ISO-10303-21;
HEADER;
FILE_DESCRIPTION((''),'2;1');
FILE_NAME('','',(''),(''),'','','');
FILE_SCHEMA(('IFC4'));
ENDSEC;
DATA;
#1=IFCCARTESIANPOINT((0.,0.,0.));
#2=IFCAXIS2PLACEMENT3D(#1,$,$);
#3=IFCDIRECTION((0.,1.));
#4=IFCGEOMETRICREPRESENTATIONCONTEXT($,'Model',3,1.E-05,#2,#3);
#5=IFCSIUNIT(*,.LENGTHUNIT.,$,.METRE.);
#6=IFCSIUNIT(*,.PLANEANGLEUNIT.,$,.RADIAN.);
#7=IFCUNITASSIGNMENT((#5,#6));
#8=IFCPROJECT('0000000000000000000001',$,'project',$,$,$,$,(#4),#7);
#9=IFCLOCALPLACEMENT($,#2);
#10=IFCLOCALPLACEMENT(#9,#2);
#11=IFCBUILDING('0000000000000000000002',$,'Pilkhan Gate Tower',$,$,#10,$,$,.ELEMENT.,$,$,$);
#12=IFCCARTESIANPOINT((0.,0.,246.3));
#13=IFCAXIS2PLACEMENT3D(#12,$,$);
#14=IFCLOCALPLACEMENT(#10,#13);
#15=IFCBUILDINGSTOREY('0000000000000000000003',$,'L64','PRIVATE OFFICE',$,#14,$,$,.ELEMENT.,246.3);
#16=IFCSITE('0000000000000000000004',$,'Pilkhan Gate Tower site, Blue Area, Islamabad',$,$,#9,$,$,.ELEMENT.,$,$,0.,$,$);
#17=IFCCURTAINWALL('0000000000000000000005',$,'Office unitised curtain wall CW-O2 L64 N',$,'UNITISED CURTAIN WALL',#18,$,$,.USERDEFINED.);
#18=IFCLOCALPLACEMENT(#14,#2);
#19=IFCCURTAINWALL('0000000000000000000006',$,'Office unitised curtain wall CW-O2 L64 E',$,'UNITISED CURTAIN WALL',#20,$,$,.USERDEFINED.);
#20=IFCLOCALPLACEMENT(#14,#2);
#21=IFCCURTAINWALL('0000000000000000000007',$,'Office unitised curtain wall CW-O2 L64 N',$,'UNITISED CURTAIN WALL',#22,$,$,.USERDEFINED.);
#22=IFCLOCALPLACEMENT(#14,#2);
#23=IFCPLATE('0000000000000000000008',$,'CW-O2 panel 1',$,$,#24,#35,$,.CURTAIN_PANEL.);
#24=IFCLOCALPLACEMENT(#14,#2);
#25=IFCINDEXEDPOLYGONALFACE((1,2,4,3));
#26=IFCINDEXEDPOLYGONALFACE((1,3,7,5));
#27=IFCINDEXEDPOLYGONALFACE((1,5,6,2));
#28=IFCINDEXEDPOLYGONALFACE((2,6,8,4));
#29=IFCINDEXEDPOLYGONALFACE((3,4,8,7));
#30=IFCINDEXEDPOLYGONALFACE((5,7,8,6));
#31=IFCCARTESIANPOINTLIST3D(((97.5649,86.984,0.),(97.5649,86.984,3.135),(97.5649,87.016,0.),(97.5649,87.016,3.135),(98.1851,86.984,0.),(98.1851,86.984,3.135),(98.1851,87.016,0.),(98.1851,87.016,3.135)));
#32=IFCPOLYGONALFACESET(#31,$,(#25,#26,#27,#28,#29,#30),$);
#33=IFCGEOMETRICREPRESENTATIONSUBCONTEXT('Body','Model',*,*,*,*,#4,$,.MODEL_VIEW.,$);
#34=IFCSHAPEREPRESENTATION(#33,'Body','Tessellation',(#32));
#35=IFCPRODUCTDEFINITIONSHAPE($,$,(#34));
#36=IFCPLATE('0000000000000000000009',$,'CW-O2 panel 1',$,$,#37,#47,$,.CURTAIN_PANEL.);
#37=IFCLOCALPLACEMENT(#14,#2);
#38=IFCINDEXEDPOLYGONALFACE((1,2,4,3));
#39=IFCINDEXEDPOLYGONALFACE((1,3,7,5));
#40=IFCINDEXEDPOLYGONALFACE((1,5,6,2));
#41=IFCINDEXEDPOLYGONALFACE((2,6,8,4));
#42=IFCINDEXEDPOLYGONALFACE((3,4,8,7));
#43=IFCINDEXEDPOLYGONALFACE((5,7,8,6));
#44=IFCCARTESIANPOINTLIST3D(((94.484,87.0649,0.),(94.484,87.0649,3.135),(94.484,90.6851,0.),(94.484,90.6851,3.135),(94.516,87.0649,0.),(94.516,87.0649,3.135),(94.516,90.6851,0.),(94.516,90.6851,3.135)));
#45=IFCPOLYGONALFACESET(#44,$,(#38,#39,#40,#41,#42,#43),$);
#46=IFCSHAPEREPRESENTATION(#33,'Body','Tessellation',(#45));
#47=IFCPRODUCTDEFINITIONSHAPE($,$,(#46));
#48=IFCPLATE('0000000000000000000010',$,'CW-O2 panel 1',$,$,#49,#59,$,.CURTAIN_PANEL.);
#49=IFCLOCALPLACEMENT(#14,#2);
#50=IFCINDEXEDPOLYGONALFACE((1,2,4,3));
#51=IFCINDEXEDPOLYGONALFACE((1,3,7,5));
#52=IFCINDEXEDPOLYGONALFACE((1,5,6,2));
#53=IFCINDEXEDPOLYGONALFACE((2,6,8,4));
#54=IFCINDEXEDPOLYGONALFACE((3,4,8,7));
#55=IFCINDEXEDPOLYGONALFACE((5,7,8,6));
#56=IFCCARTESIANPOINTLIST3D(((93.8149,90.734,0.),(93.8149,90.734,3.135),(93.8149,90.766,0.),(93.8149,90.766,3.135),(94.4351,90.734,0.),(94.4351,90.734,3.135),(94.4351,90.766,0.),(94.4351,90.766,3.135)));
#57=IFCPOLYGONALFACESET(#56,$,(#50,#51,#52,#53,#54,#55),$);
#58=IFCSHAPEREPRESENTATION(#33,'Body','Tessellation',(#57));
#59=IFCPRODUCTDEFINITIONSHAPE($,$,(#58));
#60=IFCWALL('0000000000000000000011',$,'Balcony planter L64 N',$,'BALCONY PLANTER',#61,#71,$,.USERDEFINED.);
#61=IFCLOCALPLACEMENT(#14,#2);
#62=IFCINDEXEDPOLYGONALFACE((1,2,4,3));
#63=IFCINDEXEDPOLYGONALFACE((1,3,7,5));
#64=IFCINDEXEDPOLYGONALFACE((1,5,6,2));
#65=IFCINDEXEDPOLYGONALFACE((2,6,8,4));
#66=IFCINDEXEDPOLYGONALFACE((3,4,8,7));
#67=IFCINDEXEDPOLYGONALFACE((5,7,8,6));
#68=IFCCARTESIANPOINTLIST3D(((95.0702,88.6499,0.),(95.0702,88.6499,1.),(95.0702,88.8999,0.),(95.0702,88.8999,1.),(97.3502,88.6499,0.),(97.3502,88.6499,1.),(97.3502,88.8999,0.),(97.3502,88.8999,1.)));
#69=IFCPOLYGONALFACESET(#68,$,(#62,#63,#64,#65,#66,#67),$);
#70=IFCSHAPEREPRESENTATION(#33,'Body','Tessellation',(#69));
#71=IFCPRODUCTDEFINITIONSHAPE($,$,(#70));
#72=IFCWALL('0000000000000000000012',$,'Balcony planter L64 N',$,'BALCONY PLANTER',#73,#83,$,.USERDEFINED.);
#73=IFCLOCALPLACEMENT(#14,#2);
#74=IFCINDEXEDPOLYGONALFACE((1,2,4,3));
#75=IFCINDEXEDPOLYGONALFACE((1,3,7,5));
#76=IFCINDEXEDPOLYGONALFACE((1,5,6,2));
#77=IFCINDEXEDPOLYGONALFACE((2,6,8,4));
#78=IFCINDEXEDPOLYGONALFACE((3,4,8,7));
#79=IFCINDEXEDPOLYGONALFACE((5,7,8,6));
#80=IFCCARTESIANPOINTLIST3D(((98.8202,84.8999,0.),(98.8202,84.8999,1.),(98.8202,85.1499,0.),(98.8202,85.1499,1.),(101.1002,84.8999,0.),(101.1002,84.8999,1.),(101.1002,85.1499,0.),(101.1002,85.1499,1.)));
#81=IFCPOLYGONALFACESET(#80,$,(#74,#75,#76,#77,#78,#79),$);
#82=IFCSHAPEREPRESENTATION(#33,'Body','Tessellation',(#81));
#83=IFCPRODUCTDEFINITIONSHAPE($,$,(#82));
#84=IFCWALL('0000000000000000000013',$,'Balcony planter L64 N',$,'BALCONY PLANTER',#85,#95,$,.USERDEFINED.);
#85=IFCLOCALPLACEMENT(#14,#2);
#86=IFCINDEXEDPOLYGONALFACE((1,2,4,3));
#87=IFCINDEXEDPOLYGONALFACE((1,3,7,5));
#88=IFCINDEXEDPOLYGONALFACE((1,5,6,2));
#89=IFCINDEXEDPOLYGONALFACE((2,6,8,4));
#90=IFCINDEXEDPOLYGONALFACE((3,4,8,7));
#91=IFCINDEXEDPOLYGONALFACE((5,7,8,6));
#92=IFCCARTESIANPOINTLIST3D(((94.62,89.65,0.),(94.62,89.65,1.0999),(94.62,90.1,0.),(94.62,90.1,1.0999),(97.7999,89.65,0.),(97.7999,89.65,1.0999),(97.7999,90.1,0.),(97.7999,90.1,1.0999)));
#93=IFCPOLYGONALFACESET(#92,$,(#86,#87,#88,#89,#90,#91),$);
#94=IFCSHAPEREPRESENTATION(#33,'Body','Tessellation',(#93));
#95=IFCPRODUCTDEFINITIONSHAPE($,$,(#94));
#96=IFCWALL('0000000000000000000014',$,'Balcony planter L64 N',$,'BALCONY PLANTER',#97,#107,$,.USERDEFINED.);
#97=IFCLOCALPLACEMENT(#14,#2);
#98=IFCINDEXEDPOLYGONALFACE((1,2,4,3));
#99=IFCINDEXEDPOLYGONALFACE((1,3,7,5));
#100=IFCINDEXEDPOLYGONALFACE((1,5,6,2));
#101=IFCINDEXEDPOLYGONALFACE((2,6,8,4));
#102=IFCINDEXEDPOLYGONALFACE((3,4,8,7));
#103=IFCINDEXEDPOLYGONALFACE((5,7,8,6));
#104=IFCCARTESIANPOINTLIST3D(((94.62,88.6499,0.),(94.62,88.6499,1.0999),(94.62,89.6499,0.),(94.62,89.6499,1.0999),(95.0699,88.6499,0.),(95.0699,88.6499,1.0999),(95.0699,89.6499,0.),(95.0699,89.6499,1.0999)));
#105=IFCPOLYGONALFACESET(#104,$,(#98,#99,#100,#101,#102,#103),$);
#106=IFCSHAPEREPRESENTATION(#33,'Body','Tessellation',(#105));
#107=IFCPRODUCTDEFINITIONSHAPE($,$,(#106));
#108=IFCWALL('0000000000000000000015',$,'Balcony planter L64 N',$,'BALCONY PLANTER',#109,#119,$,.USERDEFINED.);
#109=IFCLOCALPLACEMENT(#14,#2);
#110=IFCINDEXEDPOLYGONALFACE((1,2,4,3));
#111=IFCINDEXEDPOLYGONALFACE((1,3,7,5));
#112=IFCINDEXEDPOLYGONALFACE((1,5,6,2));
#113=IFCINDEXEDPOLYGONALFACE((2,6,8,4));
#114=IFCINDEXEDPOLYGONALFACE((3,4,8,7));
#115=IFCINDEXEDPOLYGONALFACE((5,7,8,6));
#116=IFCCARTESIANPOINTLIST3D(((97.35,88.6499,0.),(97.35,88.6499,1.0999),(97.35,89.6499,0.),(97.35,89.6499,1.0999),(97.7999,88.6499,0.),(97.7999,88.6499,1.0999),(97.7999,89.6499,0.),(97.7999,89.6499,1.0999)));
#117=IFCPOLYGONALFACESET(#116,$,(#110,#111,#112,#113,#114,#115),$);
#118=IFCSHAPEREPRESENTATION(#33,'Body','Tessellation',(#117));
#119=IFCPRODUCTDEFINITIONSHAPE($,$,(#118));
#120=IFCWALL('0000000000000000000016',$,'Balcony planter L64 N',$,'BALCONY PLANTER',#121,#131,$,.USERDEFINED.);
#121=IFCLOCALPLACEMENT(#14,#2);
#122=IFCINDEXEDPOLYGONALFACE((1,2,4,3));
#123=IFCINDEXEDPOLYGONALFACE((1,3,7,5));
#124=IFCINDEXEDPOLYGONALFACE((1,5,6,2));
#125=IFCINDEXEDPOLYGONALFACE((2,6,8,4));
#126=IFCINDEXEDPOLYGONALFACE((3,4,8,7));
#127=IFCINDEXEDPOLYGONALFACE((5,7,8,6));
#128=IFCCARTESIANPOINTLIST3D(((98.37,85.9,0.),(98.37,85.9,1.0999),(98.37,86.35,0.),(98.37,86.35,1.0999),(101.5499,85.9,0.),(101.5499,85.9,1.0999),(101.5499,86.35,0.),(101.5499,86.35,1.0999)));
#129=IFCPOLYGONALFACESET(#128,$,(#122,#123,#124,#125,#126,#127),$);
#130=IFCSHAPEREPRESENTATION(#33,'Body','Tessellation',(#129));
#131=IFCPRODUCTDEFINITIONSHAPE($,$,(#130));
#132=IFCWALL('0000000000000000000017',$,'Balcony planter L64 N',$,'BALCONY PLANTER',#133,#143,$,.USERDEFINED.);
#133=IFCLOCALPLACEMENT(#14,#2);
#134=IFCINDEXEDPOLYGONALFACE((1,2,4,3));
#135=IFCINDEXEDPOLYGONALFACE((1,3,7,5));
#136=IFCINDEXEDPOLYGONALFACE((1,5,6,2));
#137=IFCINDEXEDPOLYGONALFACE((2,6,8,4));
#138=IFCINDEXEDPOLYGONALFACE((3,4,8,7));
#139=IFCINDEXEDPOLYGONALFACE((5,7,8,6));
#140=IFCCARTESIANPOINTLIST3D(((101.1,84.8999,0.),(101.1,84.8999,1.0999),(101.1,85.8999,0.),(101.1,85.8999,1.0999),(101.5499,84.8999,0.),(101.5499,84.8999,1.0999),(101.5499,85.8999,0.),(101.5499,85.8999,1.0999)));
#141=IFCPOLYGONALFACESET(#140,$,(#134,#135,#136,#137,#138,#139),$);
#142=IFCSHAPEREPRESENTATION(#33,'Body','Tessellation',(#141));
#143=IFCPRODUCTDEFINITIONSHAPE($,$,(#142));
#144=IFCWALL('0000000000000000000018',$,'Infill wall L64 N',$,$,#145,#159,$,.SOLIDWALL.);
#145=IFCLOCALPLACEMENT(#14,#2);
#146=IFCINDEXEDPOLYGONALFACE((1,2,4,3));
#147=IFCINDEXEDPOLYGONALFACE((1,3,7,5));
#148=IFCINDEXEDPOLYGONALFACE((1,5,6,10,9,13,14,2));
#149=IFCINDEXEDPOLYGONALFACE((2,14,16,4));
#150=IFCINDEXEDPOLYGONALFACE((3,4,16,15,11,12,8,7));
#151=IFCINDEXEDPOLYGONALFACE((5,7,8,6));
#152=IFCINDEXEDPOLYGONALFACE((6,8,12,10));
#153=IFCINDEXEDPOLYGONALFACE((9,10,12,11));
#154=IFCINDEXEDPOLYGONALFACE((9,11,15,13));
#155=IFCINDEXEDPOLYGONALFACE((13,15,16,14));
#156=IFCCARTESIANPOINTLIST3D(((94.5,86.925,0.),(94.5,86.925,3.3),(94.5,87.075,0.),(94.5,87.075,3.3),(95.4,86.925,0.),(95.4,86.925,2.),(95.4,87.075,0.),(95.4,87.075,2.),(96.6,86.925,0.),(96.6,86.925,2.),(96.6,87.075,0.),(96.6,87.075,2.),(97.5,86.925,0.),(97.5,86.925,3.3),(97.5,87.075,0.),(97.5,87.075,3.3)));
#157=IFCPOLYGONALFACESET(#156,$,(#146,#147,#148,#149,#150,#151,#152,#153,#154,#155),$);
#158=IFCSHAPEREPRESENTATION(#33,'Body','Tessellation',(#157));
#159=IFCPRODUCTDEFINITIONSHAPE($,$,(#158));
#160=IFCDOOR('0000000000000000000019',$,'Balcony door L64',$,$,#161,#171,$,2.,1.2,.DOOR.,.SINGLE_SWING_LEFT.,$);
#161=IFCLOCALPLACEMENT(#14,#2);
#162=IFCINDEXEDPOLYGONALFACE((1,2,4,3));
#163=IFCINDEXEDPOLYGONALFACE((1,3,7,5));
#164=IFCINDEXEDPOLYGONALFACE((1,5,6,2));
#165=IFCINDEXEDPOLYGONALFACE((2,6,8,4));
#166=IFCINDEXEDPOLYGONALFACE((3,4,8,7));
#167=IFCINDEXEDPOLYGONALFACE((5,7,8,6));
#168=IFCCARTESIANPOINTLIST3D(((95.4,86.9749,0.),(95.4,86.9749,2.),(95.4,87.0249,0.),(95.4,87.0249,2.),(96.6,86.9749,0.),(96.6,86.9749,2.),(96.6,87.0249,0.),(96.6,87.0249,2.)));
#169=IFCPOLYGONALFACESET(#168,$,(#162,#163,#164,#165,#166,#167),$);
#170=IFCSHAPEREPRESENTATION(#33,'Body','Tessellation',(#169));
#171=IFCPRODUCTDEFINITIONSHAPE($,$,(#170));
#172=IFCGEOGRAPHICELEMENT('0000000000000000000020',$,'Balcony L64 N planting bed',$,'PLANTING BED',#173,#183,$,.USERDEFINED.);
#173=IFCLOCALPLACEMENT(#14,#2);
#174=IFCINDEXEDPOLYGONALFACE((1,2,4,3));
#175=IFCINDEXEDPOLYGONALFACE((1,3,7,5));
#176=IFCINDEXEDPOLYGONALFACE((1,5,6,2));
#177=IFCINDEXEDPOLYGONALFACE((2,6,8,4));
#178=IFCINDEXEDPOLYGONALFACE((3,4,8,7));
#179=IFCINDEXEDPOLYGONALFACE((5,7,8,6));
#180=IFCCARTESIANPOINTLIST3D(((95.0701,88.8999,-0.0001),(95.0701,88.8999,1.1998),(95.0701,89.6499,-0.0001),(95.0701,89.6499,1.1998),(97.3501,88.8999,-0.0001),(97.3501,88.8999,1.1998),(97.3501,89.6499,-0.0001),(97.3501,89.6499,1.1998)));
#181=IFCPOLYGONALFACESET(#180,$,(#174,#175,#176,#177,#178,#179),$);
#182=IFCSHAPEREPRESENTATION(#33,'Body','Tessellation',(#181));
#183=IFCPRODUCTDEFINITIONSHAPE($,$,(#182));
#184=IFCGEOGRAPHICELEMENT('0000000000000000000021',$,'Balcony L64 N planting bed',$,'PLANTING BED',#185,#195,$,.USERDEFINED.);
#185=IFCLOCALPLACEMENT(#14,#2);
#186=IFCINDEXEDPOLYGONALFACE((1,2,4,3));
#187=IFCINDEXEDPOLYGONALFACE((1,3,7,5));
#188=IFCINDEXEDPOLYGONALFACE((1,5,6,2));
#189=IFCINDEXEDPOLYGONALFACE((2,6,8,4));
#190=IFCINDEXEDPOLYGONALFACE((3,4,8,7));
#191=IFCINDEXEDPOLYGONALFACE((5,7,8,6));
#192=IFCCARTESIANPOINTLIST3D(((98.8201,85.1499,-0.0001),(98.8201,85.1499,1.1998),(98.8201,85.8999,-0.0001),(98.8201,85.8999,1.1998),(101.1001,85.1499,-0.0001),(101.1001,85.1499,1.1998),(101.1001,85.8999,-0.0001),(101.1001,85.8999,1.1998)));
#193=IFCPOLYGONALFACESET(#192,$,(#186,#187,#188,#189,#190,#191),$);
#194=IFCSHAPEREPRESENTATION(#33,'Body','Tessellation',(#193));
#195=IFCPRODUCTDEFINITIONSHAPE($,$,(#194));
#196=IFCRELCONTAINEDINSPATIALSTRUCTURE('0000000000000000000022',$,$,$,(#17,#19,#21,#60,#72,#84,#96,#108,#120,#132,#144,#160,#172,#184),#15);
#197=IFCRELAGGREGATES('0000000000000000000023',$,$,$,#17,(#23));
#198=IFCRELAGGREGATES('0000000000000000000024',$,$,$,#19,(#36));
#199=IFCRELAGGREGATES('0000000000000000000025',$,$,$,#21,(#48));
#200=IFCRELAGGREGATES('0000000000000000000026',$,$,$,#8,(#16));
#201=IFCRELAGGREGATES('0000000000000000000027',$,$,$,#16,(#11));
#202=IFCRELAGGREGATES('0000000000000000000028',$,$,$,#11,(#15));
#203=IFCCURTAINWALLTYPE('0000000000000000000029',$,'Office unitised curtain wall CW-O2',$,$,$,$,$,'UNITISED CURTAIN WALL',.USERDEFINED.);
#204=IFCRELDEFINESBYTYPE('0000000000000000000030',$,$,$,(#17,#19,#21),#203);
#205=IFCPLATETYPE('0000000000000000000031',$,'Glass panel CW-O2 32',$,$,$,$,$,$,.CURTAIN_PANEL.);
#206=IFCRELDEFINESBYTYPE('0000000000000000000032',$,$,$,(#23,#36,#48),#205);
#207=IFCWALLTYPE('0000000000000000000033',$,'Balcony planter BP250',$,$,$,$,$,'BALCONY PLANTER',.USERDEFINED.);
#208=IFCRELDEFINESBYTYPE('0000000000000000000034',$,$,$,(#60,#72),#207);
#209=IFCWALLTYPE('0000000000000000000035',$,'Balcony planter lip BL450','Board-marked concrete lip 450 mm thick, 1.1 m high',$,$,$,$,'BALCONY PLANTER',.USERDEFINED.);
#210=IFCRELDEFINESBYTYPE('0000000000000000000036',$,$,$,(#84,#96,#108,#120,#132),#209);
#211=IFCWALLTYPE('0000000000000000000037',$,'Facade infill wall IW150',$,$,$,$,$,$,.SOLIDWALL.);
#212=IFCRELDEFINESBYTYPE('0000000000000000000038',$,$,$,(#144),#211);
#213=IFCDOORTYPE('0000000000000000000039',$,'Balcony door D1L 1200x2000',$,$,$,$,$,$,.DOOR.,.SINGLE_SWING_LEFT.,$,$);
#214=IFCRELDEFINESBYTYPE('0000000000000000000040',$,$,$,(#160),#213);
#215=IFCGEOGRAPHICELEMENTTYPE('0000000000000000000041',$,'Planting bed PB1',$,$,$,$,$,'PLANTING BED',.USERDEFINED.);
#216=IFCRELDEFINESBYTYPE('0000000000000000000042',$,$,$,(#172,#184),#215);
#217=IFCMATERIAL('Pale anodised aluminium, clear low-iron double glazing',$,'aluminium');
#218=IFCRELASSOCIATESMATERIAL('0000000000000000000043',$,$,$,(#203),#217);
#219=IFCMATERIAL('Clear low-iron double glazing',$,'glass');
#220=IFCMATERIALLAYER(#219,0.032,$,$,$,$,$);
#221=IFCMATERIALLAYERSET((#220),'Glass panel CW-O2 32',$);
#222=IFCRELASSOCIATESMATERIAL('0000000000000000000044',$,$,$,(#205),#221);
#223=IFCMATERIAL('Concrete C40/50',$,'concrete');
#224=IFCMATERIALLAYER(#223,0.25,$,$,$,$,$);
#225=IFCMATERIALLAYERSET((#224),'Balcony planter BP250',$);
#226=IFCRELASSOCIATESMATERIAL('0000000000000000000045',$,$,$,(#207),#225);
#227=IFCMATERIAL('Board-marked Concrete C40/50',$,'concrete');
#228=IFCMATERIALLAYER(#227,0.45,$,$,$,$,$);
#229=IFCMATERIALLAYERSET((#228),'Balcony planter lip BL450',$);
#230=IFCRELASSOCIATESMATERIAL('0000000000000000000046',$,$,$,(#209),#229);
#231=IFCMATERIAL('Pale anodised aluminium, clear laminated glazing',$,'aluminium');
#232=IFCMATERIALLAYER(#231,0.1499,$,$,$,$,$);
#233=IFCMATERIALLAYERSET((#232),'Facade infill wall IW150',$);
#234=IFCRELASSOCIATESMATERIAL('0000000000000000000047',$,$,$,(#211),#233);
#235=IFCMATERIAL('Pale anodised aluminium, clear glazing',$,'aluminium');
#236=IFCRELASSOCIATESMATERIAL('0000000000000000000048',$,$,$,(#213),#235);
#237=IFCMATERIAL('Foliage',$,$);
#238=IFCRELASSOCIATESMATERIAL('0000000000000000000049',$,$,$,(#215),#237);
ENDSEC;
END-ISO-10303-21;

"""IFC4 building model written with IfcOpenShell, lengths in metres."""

from ifc_helpers import new_model, si_unit, direction, frame, frame_2d, origin, origin_2d, place, context, subcontext, project, spatial, rectangle, extrude, material, layer, layer_set, material_profile, profile_set, type_object, element, fill, aggregate, save


model = new_model("IFC4")

# Units and contexts
model_context = context("Model", 3, precision=1e-05, world=origin(), true_north=direction((0.0, 1.0)))
body_context = subcontext(model_context, "Body", "Model", "MODEL_VIEW")
ifc_project = project(units=[si_unit("LENGTHUNIT", "METRE"), si_unit("PLANEANGLEUNIT", "RADIAN")], contexts=[model_context])

# Site, building, storey
site_placement = place(None, origin())
site = spatial("IfcSite", under=ifc_project, at=site_placement, Name="Pilkhan Gate Tower site, Blue Area, Islamabad", CompositionType="ELEMENT", RefElevation=0.0)
building_placement = place(site_placement, origin())
building = spatial("IfcBuilding", under=site, at=building_placement, Name="Pilkhan Gate Tower", CompositionType="ELEMENT")
storey_placement = place(building_placement, frame((0.0, 0.0, 246.3)))
storey = spatial("IfcBuildingStorey", under=building, at=storey_placement, Name="L64", Description="PRIVATE OFFICE", CompositionType="ELEMENT", Elevation=246.3)

# Shared definitions
ifc_material_1 = material(Name="Pale anodised aluminium, clear low-iron double glazing", Category="aluminium")
curtain_wall_type = type_object("IfcCurtainWallType", Name="Office unitised curtain wall CW-O2", ElementType="UNITISED CURTAIN WALL", PredefinedType="USERDEFINED", material=ifc_material_1)

# Curtain walls
curtain_wall_1_placement = place(storey_placement, origin())
curtain_wall_1 = element("IfcCurtainWall", 1, at=curtain_wall_1_placement, inside=storey, type_object=curtain_wall_type, Name="Office unitised curtain wall CW-O2 L64 N", ObjectType="UNITISED CURTAIN WALL", PredefinedType="USERDEFINED")
curtain_wall_2_placement = place(storey_placement, origin())
curtain_wall_2 = element("IfcCurtainWall", 2, at=curtain_wall_2_placement, inside=storey, type_object=curtain_wall_type, Name="Office unitised curtain wall CW-O2 L64 E", ObjectType="UNITISED CURTAIN WALL", PredefinedType="USERDEFINED")

# Curtain wall
curtain_wall_3_placement = place(storey_placement, origin())
curtain_wall_3 = element("IfcCurtainWall", 3, at=curtain_wall_3_placement, inside=storey, type_object=curtain_wall_type, Name="Office unitised curtain wall CW-O2 L64 N", ObjectType="UNITISED CURTAIN WALL", PredefinedType="USERDEFINED")

# Plates
ifc_material_2 = material(Name="Clear low-iron double glazing", Category="glass")
ifc_layer_1 = layer(ifc_material_2, 0.032)
ifc_layer_set_1 = layer_set([ifc_layer_1], Name="Glass panel CW-O2 32")
plate_type = type_object("IfcPlateType", Name="Glass panel CW-O2 32", PredefinedType="CURTAIN_PANEL", material=ifc_layer_set_1)
plate_1_placement = place(storey_placement, frame((97.875, 87.0, 0.0), z_axis=(0.0, 0.0, 1.0), x_axis=(1.0, 0.0, 0.0)))
plate_1 = element("IfcPlate", 4, at=plate_1_placement, type_object=plate_type, Name="CW-O2 panel 1", PredefinedType="CURTAIN_PANEL", context=body_context, shape_type="SweptSolid", body=[
    extrude(rectangle(XDim=0.6201, YDim=0.032, at=origin_2d()), origin(), (0.0, 0.0, 1.0), 3.135),
])
aggregate(curtain_wall_1, [plate_1])
plate_2_placement = place(storey_placement, frame((94.5, 88.875, 0.0), z_axis=(0.0, 0.0, 1.0), x_axis=(0.0, 1.0, 0.0)))
plate_2 = element("IfcPlate", 5, at=plate_2_placement, type_object=plate_type, Name="CW-O2 panel 1", PredefinedType="CURTAIN_PANEL", context=body_context, shape_type="SweptSolid", body=[
    extrude(rectangle(XDim=3.6201, YDim=0.032, at=origin_2d()), origin(), (0.0, 0.0, 1.0), 3.135),
])
aggregate(curtain_wall_2, [plate_2])
plate_3_placement = place(storey_placement, frame((94.125, 90.75, 0.0), z_axis=(0.0, 0.0, 1.0), x_axis=(1.0, 0.0, 0.0)))
plate_3 = element("IfcPlate", 6, at=plate_3_placement, type_object=plate_type, Name="CW-O2 panel 1", PredefinedType="CURTAIN_PANEL", context=body_context, shape_type="SweptSolid", body=[
    extrude(rectangle(XDim=0.6201, YDim=0.032, at=origin_2d()), origin(), (0.0, 0.0, 1.0), 3.135),
])
aggregate(curtain_wall_3, [plate_3])

# Walls
ifc_material_3 = material(Name="Concrete C40/50", Category="concrete")
ifc_layer_2 = layer(ifc_material_3, 0.25)
ifc_layer_set_2 = layer_set([ifc_layer_2], Name="Balcony planter BP250")
wall_type_1 = type_object("IfcWallType", Name="Balcony planter BP250", ElementType="BALCONY PLANTER", PredefinedType="USERDEFINED", material=ifc_layer_set_2)
for number, where, z_axis, x_axis, name in (
    (7, (95.0701, 88.7749, 0.0), (0.0, 0.0, 1.0), (1.0, 0.0, 0.0), "Balcony planter L64 N"),
    (8, (98.8201, 85.0249, 0.0), (0.0, 0.0, 1.0), (1.0, 0.0, 0.0), "Balcony planter L64 N"),
):
    element("IfcWall", number, at=place(storey_placement, frame(where, z_axis=z_axis, x_axis=x_axis)), inside=storey, type_object=wall_type_1, Name=name, ObjectType="BALCONY PLANTER", PredefinedType="USERDEFINED", context=body_context, shape_type="SweptSolid", body=[
        extrude(rectangle(XDim=2.28, YDim=0.25, at=frame_2d((1.1401, 0.0))), origin(), (0.0, 0.0, 1.0), 1.0),
    ])
ifc_material_4 = material(Name="Board-marked Concrete C40/50", Category="concrete")
ifc_layer_3 = layer(ifc_material_4, 0.45)
ifc_layer_set_3 = layer_set([ifc_layer_3], Name="Balcony planter lip BL450")
wall_type_2 = type_object("IfcWallType", Name="Balcony planter lip BL450", Description="Board-marked concrete lip 450 mm thick, 1.1 m high", ElementType="BALCONY PLANTER", PredefinedType="USERDEFINED", material=ifc_layer_set_3)
wall_1_placement = place(storey_placement, frame((94.6201, 89.875, 0.0), z_axis=(0.0, 0.0, 1.0), x_axis=(1.0, 0.0, 0.0)))
element("IfcWall", 9, at=wall_1_placement, inside=storey, type_object=wall_type_2, Name="Balcony planter L64 N", ObjectType="BALCONY PLANTER", PredefinedType="USERDEFINED", context=body_context, shape_type="SweptSolid", body=[
    extrude(rectangle(XDim=3.1799, YDim=0.45, at=frame_2d((1.5898, 0.0))), origin(), (0.0, 0.0, 1.0), 1.0999),
])
for number, where, z_axis, x_axis, name in (
    (10, (94.845, 88.6499, 0.0), (0.0, 0.0, 1.0), (0.0, 1.0, 0.0), "Balcony planter L64 N"),
    (11, (97.575, 88.6499, 0.0), (0.0, 0.0, 1.0), (0.0, 1.0, 0.0), "Balcony planter L64 N"),
):
    element("IfcWall", number, at=place(storey_placement, frame(where, z_axis=z_axis, x_axis=x_axis)), inside=storey, type_object=wall_type_2, Name=name, ObjectType="BALCONY PLANTER", PredefinedType="USERDEFINED", context=body_context, shape_type="SweptSolid", body=[
        extrude(rectangle(XDim=1.0, YDim=0.45, at=frame_2d((0.5, 0.0))), origin(), (0.0, 0.0, 1.0), 1.0999),
    ])
wall_2_placement = place(storey_placement, frame((98.3701, 86.125, 0.0), z_axis=(0.0, 0.0, 1.0), x_axis=(1.0, 0.0, 0.0)))
element("IfcWall", 12, at=wall_2_placement, inside=storey, type_object=wall_type_2, Name="Balcony planter L64 N", ObjectType="BALCONY PLANTER", PredefinedType="USERDEFINED", context=body_context, shape_type="SweptSolid", body=[
    extrude(rectangle(XDim=3.1799, YDim=0.45, at=frame_2d((1.5898, 0.0))), origin(), (0.0, 0.0, 1.0), 1.0999),
])
wall_3_placement = place(storey_placement, frame((101.325, 84.8999, 0.0), z_axis=(0.0, 0.0, 1.0), x_axis=(0.0, 1.0, 0.0)))
element("IfcWall", 13, at=wall_3_placement, inside=storey, type_object=wall_type_2, Name="Balcony planter L64 N", ObjectType="BALCONY PLANTER", PredefinedType="USERDEFINED", context=body_context, shape_type="SweptSolid", body=[
    extrude(rectangle(XDim=1.0, YDim=0.45, at=frame_2d((0.5, 0.0))), origin(), (0.0, 0.0, 1.0), 1.0999),
])

# Wall, opening, door
ifc_material_5 = material(Name="Pale anodised aluminium, clear laminated glazing", Category="aluminium")
ifc_layer_4 = layer(ifc_material_5, 0.1499)
ifc_layer_set_4 = layer_set([ifc_layer_4], Name="Facade infill wall IW150")
wall_type_3 = type_object("IfcWallType", Name="Facade infill wall IW150", PredefinedType="SOLIDWALL", material=ifc_layer_set_4)
wall_4_placement = place(storey_placement, frame((94.5, 87.0, 0.0), z_axis=(0.0, 0.0, 1.0), x_axis=(1.0, 0.0, 0.0)))
wall_4 = element("IfcWall", 14, at=wall_4_placement, inside=storey, type_object=wall_type_3, Name="Infill wall L64 N", PredefinedType="SOLIDWALL", context=body_context, shape_type="SweptSolid", body=[
    extrude(rectangle(XDim=3.0, YDim=0.1499, at=frame_2d((1.5, 0.0))), origin(), (0.0, 0.0, 1.0), 3.3),
])
opening_placement = place(wall_4_placement, frame((0.8999, 0.0, 0.0)))
opening = element("IfcOpeningElement", 15, at=opening_placement, cuts=wall_4, PredefinedType="OPENING", context=body_context, shape_type="SweptSolid", body=[
    extrude(rectangle(XDim=1.2, YDim=2.0, at=frame_2d((0.6001, 1.0))), frame((0.0, 0.085, 0.0), z_axis=(0.0, -1.0, 0.0), x_axis=(1.0, 0.0, 0.0)), (0.0, 0.0, 1.0), 0.1699),
])
ifc_material_6 = material(Name="Pale anodised aluminium, clear glazing", Category="aluminium")
door_type = type_object("IfcDoorType", Name="Balcony door D1L 1200x2000", OperationType="SINGLE_SWING_LEFT", PredefinedType="DOOR", material=ifc_material_6)
door_placement = place(opening_placement, origin())
door = element("IfcDoor", 16, at=door_placement, inside=storey, type_object=door_type, Name="Balcony door L64", OperationType="SINGLE_SWING_LEFT", OverallHeight=2.0, OverallWidth=1.2, PredefinedType="DOOR", context=body_context, shape_type="SweptSolid", body=[
    extrude(rectangle(XDim=1.2, YDim=2.0, at=frame_2d((0.6001, 1.0))), frame((0.0, 0.0249, 0.0), z_axis=(0.0, -1.0, 0.0), x_axis=(1.0, 0.0, 0.0)), (0.0, 0.0, 1.0), 0.05),
])
fill(opening, door)

# Geographic elements
ifc_material_7 = material(Name="Foliage")
ifc_material_profile_1 = material_profile(ifc_material_7, rectangle(XDim=0.75, YDim=1.2, at=origin_2d()), Name="Bed 750x1200")
ifc_profile_set_1 = profile_set([ifc_material_profile_1], Name="Foliage")
geographic_element_type_1 = type_object("IfcGeographicElementType", Name="Planting bed PB1", ElementType="PLANTING BED", PredefinedType="USERDEFINED", material=ifc_profile_set_1)
for number, where, z_axis, x_axis, name in (
    (17, (95.0701, 89.2749, 0.5999), (1.0, 0.0, 0.0), (0.0, 1.0, 0.0), "Balcony L64 N planting bed"),
    (18, (98.8201, 85.5249, 0.5999), (1.0, 0.0, 0.0), (0.0, 1.0, 0.0), "Balcony L64 N planting bed"),
):
    element("IfcGeographicElement", number, at=place(storey_placement, frame(where, z_axis=z_axis, x_axis=x_axis)), inside=storey, type_object=geographic_element_type_1, Name=name, ObjectType="PLANTING BED", PredefinedType="USERDEFINED", context=body_context, shape_type="SweptSolid", body=[
        extrude(rectangle(XDim=0.75, YDim=1.2, at=origin_2d()), origin(), (0.0, 0.0, 1.0), 2.28),
    ])

save(model, "model.ifc")
